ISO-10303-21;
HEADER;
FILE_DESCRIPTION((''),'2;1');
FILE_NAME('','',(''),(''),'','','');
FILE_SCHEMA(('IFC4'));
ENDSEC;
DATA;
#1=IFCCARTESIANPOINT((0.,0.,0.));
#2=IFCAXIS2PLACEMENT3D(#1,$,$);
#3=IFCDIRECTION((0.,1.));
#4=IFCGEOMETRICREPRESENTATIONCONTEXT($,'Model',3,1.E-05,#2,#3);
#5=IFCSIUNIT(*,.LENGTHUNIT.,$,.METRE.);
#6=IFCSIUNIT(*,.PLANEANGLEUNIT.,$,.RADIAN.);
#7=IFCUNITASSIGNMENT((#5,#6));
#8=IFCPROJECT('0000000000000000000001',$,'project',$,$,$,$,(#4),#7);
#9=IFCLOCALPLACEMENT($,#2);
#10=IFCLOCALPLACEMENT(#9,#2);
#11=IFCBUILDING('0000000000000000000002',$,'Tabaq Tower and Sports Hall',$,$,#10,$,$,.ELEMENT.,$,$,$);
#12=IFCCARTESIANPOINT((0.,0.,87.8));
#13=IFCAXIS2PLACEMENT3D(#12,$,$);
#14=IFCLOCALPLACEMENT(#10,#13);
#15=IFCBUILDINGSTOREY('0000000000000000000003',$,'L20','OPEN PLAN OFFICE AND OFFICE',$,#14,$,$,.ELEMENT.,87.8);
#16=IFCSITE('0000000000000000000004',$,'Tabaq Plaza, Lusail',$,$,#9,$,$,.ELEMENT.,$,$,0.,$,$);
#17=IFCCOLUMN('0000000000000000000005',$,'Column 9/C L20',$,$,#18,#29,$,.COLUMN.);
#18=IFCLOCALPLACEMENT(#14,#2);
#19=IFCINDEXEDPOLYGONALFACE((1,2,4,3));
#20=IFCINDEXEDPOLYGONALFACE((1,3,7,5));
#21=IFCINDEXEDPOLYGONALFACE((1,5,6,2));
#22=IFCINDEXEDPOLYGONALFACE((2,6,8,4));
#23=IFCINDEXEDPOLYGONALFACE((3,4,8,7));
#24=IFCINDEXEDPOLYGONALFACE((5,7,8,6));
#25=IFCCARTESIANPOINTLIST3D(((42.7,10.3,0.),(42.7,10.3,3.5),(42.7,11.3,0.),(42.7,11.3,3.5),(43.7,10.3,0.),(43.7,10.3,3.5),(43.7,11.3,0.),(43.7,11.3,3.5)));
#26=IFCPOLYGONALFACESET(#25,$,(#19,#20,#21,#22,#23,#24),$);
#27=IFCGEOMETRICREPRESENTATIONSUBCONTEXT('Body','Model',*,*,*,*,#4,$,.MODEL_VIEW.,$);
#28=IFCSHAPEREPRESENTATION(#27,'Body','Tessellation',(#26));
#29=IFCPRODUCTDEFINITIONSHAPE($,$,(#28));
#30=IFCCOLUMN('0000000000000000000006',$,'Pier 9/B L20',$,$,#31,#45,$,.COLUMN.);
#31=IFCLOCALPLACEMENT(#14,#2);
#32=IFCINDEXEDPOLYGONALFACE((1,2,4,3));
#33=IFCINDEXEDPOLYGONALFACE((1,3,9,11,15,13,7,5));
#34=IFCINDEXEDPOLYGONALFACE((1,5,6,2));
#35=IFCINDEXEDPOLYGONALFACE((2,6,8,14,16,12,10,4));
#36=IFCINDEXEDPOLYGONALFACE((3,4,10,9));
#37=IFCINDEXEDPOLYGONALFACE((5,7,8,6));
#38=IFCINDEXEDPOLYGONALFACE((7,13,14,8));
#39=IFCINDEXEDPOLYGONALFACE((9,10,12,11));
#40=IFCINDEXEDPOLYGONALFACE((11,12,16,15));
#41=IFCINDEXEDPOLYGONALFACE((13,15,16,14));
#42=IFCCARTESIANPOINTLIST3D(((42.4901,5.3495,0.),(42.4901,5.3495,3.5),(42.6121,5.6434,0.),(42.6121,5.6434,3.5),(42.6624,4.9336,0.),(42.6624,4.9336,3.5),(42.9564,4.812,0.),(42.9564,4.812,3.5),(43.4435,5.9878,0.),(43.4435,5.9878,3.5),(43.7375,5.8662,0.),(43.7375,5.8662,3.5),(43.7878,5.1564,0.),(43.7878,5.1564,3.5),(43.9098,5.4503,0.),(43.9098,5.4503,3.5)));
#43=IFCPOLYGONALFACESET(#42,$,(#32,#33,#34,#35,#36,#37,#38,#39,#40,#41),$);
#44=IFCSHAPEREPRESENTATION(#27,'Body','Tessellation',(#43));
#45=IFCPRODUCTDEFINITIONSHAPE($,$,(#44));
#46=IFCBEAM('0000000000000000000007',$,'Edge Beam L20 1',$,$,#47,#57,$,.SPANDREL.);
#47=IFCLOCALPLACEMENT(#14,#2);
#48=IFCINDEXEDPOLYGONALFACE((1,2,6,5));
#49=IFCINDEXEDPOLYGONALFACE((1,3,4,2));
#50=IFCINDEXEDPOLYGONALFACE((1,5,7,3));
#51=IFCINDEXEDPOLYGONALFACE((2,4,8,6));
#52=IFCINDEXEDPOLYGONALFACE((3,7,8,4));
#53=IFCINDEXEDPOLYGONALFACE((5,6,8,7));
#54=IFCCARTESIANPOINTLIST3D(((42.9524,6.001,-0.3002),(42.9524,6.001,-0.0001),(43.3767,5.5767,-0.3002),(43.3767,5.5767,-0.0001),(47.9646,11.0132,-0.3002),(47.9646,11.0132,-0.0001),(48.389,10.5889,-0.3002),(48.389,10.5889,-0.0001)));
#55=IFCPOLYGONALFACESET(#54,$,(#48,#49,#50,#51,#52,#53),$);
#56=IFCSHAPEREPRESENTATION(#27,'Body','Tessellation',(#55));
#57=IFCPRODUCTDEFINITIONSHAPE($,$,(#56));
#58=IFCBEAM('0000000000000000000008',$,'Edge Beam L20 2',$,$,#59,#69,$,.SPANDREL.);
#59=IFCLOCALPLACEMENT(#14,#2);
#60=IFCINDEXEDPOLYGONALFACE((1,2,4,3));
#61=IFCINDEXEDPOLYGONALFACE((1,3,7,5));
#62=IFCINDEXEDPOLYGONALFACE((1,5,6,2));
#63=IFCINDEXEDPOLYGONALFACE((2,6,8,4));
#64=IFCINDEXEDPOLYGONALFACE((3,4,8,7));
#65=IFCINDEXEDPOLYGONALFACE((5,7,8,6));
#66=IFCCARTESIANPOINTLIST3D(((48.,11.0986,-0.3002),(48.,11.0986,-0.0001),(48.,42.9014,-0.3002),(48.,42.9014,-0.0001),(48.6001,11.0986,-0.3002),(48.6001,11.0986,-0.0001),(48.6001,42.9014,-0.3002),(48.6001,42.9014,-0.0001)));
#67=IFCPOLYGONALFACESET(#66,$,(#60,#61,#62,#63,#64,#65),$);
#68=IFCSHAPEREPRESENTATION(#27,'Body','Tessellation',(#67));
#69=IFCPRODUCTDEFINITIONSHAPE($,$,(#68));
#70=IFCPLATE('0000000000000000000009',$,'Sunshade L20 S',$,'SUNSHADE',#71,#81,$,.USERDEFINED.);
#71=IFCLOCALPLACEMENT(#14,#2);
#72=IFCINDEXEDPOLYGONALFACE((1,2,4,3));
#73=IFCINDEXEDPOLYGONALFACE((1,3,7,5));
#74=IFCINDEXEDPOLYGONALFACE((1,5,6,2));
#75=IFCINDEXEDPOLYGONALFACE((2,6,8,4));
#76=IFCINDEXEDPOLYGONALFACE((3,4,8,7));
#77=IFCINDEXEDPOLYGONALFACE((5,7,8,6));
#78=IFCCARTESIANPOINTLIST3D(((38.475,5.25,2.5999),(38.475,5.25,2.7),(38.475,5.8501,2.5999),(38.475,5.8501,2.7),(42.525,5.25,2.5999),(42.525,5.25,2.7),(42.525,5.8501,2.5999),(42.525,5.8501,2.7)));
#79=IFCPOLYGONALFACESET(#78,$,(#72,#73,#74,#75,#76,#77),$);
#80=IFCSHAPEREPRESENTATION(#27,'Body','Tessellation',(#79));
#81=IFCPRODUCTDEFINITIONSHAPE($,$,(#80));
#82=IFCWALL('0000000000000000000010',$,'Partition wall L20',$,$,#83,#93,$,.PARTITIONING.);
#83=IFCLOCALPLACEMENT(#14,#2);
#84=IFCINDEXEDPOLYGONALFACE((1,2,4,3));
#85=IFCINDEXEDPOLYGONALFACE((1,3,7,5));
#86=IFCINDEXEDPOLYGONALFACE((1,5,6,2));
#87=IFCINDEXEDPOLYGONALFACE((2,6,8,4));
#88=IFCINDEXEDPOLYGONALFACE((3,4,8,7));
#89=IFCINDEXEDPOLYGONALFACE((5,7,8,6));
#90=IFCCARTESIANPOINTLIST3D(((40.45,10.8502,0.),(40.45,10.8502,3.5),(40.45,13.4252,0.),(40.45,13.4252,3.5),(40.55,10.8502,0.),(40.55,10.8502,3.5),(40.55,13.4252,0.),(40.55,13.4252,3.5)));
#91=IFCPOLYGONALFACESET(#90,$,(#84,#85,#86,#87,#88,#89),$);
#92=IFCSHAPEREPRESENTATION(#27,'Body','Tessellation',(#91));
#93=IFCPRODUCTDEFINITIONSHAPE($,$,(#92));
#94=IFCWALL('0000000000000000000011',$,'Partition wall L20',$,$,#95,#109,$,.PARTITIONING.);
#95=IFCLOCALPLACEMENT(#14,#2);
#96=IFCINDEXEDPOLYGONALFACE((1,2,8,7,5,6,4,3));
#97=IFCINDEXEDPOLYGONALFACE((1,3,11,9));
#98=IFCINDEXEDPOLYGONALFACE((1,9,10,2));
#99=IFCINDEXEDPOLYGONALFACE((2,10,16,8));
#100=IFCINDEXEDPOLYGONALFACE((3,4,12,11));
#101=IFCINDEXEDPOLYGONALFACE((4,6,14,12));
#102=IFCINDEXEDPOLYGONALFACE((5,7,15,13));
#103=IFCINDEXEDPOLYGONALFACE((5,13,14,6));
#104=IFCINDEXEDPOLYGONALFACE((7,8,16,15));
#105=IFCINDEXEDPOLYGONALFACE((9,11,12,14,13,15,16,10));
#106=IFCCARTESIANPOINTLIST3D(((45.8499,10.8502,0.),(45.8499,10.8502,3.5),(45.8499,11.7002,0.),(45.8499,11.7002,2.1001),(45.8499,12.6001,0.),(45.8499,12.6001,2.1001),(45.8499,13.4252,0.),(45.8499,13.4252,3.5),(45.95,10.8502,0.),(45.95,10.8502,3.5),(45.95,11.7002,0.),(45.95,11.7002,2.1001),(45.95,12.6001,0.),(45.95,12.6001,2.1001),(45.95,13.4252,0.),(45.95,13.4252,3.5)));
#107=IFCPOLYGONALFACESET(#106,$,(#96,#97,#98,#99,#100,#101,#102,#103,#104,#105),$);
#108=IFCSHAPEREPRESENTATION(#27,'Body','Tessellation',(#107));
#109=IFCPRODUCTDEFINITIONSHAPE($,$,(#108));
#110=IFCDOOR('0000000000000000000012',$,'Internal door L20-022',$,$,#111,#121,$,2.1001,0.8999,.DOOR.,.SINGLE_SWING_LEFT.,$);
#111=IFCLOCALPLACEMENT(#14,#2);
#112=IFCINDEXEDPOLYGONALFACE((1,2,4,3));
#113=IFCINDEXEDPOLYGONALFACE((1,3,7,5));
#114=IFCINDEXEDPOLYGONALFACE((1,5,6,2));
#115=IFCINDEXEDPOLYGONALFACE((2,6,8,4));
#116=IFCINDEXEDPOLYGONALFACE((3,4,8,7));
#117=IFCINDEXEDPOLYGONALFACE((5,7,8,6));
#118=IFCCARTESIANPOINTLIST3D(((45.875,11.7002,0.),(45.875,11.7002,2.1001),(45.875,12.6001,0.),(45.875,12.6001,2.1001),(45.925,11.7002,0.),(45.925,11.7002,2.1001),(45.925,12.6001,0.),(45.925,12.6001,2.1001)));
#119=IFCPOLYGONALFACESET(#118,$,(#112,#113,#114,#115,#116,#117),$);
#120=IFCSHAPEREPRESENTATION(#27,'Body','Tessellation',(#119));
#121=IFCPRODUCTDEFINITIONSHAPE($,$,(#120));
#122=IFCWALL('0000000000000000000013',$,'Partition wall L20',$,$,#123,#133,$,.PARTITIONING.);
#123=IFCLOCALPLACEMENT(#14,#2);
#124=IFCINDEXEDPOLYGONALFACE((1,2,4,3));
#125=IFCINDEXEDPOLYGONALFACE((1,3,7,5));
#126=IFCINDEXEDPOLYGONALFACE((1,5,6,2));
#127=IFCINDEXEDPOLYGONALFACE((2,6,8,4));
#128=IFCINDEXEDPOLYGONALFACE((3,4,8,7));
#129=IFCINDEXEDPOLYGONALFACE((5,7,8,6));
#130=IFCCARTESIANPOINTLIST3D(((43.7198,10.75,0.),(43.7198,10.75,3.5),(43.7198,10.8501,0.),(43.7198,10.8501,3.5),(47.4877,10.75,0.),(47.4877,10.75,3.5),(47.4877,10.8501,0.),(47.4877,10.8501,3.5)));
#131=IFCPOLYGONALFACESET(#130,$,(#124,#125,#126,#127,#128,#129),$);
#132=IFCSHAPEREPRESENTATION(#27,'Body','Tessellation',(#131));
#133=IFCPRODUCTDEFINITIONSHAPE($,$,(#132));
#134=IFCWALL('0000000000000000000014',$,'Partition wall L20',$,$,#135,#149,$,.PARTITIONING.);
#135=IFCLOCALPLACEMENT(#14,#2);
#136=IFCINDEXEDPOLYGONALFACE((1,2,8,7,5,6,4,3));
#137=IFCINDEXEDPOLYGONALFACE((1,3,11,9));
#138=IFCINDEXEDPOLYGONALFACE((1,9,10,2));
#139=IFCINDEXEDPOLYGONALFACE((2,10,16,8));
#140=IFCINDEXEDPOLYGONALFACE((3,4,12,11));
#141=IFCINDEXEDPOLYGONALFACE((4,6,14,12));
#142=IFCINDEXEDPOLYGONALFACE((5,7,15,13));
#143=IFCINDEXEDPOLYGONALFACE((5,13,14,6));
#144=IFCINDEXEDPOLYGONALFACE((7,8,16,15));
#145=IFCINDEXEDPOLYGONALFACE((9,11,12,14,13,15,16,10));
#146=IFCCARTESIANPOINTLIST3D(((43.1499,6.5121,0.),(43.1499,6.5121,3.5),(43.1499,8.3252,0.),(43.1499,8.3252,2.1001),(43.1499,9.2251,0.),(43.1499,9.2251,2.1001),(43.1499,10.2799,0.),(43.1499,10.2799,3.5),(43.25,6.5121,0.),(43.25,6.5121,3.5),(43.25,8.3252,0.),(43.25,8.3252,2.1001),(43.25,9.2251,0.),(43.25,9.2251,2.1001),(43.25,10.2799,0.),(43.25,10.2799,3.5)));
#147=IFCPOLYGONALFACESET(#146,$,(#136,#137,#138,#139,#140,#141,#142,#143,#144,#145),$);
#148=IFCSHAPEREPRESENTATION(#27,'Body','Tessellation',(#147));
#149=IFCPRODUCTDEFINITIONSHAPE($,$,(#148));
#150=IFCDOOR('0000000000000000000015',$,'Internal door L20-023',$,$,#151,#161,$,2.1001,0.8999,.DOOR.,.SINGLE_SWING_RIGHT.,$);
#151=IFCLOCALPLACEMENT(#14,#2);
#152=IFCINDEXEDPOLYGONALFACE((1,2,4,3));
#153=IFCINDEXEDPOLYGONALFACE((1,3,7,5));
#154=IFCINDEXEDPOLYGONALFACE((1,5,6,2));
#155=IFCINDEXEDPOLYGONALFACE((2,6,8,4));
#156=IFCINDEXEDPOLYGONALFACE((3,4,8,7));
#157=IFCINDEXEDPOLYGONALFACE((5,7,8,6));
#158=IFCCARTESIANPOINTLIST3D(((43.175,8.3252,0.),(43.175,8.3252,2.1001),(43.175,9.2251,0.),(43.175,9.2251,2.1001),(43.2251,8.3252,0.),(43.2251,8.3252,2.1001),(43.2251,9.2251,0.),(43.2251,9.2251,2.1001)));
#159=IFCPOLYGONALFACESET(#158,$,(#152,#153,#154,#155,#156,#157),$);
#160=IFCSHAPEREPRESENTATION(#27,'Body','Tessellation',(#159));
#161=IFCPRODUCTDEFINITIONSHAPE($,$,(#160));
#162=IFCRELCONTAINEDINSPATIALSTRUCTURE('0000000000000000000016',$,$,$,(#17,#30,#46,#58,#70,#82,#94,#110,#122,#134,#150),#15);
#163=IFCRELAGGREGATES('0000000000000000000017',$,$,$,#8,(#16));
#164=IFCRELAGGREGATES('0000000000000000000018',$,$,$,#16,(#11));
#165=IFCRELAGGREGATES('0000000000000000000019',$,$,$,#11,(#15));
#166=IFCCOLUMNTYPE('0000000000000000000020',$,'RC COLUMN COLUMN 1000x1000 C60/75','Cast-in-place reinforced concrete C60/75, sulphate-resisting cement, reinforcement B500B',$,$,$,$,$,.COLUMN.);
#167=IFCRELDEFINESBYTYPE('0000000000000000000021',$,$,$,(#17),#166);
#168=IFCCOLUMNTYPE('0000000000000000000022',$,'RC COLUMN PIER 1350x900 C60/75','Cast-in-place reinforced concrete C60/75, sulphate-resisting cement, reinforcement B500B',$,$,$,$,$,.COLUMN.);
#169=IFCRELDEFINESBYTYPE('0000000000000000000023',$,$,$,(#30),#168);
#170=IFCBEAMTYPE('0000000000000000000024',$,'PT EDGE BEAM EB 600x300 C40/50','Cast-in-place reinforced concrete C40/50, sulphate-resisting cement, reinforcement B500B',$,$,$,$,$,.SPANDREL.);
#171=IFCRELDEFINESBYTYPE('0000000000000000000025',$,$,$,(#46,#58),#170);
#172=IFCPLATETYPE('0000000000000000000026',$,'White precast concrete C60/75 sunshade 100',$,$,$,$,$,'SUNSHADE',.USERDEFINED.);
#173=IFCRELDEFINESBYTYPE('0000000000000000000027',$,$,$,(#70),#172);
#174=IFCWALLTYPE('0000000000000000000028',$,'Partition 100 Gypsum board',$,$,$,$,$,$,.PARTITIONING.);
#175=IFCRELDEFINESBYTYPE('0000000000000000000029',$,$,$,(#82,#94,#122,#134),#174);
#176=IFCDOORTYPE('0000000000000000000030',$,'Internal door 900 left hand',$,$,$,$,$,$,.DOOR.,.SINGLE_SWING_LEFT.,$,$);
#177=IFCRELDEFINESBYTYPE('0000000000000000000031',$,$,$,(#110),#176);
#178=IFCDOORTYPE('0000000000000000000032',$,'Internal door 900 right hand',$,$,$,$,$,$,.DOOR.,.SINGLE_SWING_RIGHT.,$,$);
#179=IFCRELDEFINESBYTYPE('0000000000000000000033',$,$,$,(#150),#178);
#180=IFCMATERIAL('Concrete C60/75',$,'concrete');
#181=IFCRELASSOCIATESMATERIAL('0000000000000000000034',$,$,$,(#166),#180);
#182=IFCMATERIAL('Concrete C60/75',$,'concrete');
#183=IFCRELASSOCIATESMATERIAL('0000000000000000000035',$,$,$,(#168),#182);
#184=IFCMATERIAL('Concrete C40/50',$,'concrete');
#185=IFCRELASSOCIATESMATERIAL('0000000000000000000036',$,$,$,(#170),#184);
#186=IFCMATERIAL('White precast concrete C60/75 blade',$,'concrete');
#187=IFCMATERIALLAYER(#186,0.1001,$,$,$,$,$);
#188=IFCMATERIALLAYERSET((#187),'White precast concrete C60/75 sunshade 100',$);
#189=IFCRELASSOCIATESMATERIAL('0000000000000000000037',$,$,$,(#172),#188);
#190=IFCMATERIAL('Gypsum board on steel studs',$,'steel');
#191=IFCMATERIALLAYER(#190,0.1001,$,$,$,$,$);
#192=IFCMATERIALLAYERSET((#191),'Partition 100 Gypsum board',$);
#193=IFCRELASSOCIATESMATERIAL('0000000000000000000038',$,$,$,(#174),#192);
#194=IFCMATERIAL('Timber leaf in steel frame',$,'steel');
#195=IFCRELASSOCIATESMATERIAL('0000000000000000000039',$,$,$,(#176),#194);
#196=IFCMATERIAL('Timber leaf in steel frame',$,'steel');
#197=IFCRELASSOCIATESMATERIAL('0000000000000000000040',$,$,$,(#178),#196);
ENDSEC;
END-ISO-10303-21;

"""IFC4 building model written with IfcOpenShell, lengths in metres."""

from ifc_helpers import new_model, si_unit, direction, frame, frame_2d, origin, origin_2d, place, context, subcontext, project, spatial, polyline, rectangle, outline, extrude, material, layer, layer_set, material_profile, profile_set, type_object, element, fill, save


model = new_model("IFC4")

# Units and contexts
model_context = context("Model", 3, precision=1e-05, world=origin(), true_north=direction((0.0, 1.0)))
body_context = subcontext(model_context, "Body", "Model", "MODEL_VIEW")
ifc_project = project(units=[si_unit("LENGTHUNIT", "METRE"), si_unit("PLANEANGLEUNIT", "RADIAN")], contexts=[model_context])

# Site, building, storey
site_placement = place(None, origin())
site = spatial("IfcSite", under=ifc_project, at=site_placement, Name="Tabaq Plaza, Lusail", CompositionType="ELEMENT", RefElevation=0.0)
building_placement = place(site_placement, origin())
building = spatial("IfcBuilding", under=site, at=building_placement, Name="Tabaq Tower and Sports Hall", CompositionType="ELEMENT")
storey_placement = place(building_placement, frame((0.0, 0.0, 87.8)))
storey = spatial("IfcBuildingStorey", under=building, at=storey_placement, Name="L20", Description="OPEN PLAN OFFICE AND OFFICE", CompositionType="ELEMENT", Elevation=87.8)

# Columns
ifc_material_1 = material(Name="Concrete C60/75", Category="concrete")
ifc_material_profile_1 = material_profile(ifc_material_1, rectangle(XDim=1.0, YDim=1.0, at=origin_2d()), Name="COLUMN 1000x1000")
ifc_profile_set_1 = profile_set([ifc_material_profile_1], Name="Concrete C60/75")
column_type_1 = type_object("IfcColumnType", Name="RC COLUMN COLUMN 1000x1000 C60/75", Description="Cast-in-place reinforced concrete C60/75, sulphate-resisting cement, reinforcement B500B", PredefinedType="COLUMN", material=ifc_profile_set_1)
column_1_placement = place(storey_placement, frame((43.2, 10.8, 0.0), z_axis=(0.0, 0.0, 1.0), x_axis=(1.0, 0.0, 0.0)))
element("IfcColumn", 1, at=column_1_placement, inside=storey, type_object=column_type_1, Name="Column 9/C L20", PredefinedType="COLUMN", context=body_context, shape_type="SweptSolid", body=[
    extrude(rectangle(XDim=1.0, YDim=1.0, at=origin_2d()), origin(), (0.0, 0.0, 1.0), 3.5),
])
ifc_material_2 = material(Name="Concrete C60/75", Category="concrete")
ifc_material_profile_2 = material_profile(ifc_material_2, outline(polyline([(-0.45, -0.45), (0.45, -0.45), (0.675, -0.2251), (0.675, 0.2251), (0.45, 0.45), (-0.45, 0.45), (-0.675, 0.2251), (-0.675, -0.2251), (-0.45, -0.45)])), Name="PIER 1350x900")
ifc_profile_set_2 = profile_set([ifc_material_profile_2], Name="Concrete C60/75")
column_type_2 = type_object("IfcColumnType", Name="RC COLUMN PIER 1350x900 C60/75", Description="Cast-in-place reinforced concrete C60/75, sulphate-resisting cement, reinforcement B500B", PredefinedType="COLUMN", material=ifc_profile_set_2)
column_2_placement = place(storey_placement, frame((43.2, 5.3999, 0.0), z_axis=(0.0, 0.0, 1.0), x_axis=(0.92388, 0.382683, 0.0)))
element("IfcColumn", 2, at=column_2_placement, inside=storey, type_object=column_type_2, Name="Pier 9/B L20", PredefinedType="COLUMN", context=body_context, shape_type="SweptSolid", body=[
    extrude(outline(polyline([(-0.45, -0.45), (0.45, -0.45), (0.675, -0.2251), (0.675, 0.2251), (0.45, 0.45), (-0.45, 0.45), (-0.675, 0.2251), (-0.675, -0.2251), (-0.45, -0.45)])), origin(), (0.0, 0.0, 1.0), 3.5),
])

# Beams
ifc_material_3 = material(Name="Concrete C40/50", Category="concrete")
ifc_material_profile_3 = material_profile(ifc_material_3, rectangle(XDim=0.6001, YDim=0.3, at=origin_2d()), Name="EB 600x300")
ifc_profile_set_3 = profile_set([ifc_material_profile_3], Name="Concrete C40/50")
beam_type = type_object("IfcBeamType", Name="PT EDGE BEAM EB 600x300 C40/50", Description="Cast-in-place reinforced concrete C40/50, sulphate-resisting cement, reinforcement B500B", PredefinedType="SPANDREL", material=ifc_profile_set_3)
beam_1_placement = place(storey_placement, frame((43.1646, 5.7888, -0.1501), z_axis=(0.707107, 0.707107, 0.0), x_axis=(-0.707107, 0.707107, 0.0)))
element("IfcBeam", 3, at=beam_1_placement, inside=storey, type_object=beam_type, Name="Edge Beam L20 1", PredefinedType="SPANDREL", context=body_context, shape_type="SweptSolid", body=[
    extrude(rectangle(XDim=0.6001, YDim=0.3, at=origin_2d()), origin(), (0.0, 0.0, 1.0), 7.0884),
])
beam_2_placement = place(storey_placement, frame((48.3, 11.0986, -0.1501), z_axis=(0.0, 1.0, 0.0), x_axis=(-1.0, 0.0, 0.0)))
element("IfcBeam", 4, at=beam_2_placement, inside=storey, type_object=beam_type, Name="Edge Beam L20 2", PredefinedType="SPANDREL", context=body_context, shape_type="SweptSolid", body=[
    extrude(rectangle(XDim=0.6001, YDim=0.3, at=origin_2d()), origin(), (0.0, 0.0, 1.0), 31.8027),
])

# Plate
ifc_material_4 = material(Name="White precast concrete C60/75 blade", Category="concrete")
ifc_layer_1 = layer(ifc_material_4, 0.1001)
ifc_layer_set_1 = layer_set([ifc_layer_1], Name="White precast concrete C60/75 sunshade 100")
plate_type = type_object("IfcPlateType", Name="White precast concrete C60/75 sunshade 100", ElementType="SUNSHADE", PredefinedType="USERDEFINED", material=ifc_layer_set_1)
plate_placement = place(storey_placement, frame((40.5, 5.55, 2.5999), z_axis=(0.0, 0.0, 1.0), x_axis=(1.0, 0.0, 0.0)))
element("IfcPlate", 5, at=plate_placement, inside=storey, type_object=plate_type, Name="Sunshade L20 S", ObjectType="SUNSHADE", PredefinedType="USERDEFINED", context=body_context, shape_type="SweptSolid", body=[
    extrude(rectangle(XDim=4.05, YDim=0.6001, at=origin_2d()), origin(), (0.0, 0.0, 1.0), 0.1001),
])

# Wall
ifc_material_5 = material(Name="Gypsum board on steel studs", Category="steel")
ifc_layer_2 = layer(ifc_material_5, 0.1001)
ifc_layer_set_2 = layer_set([ifc_layer_2], Name="Partition 100 Gypsum board")
wall_type_1 = type_object("IfcWallType", Name="Partition 100 Gypsum board", PredefinedType="PARTITIONING", material=ifc_layer_set_2)
wall_1_placement = place(storey_placement, frame((40.5, 10.8501, 0.0), z_axis=(0.0, 0.0, 1.0), x_axis=(0.0, 1.0, 0.0)))
element("IfcWall", 6, at=wall_1_placement, inside=storey, type_object=wall_type_1, Name="Partition wall L20", PredefinedType="PARTITIONING", context=body_context, shape_type="SweptSolid", body=[
    extrude(rectangle(XDim=2.575, YDim=0.1001, at=frame_2d((1.2876, 0.0))), origin(), (0.0, 0.0, 1.0), 3.5),
])

# Wall, opening, door
wall_2_placement = place(storey_placement, frame((45.8999, 10.8501, 0.0), z_axis=(0.0, 0.0, 1.0), x_axis=(0.0, 1.0, 0.0)))
wall_2 = element("IfcWall", 7, at=wall_2_placement, inside=storey, type_object=wall_type_1, Name="Partition wall L20", PredefinedType="PARTITIONING", context=body_context, shape_type="SweptSolid", body=[
    extrude(rectangle(XDim=2.575, YDim=0.1001, at=frame_2d((1.2876, 0.0))), origin(), (0.0, 0.0, 1.0), 3.5),
])
opening_1_placement = place(wall_2_placement, frame((0.8501, 0.0, 0.0)))
opening_1 = element("IfcOpeningElement", 8, at=opening_1_placement, cuts=wall_2, PredefinedType="OPENING", context=body_context, shape_type="SweptSolid", body=[
    extrude(rectangle(XDim=0.8999, YDim=2.1001, at=frame_2d((0.45, 1.05))), frame((0.0, 0.05, 0.0), z_axis=(0.0, -1.0, 0.0), x_axis=(1.0, 0.0, 0.0)), (0.0, 0.0, 1.0), 0.1001),
])
ifc_material_6 = material(Name="Timber leaf in steel frame", Category="steel")
door_type_1 = type_object("IfcDoorType", Name="Internal door 900 left hand", OperationType="SINGLE_SWING_LEFT", PredefinedType="DOOR", material=ifc_material_6)
door_1_placement = place(opening_1_placement, origin())
door_1 = element("IfcDoor", 9, at=door_1_placement, inside=storey, type_object=door_type_1, Name="Internal door L20-022", OperationType="SINGLE_SWING_LEFT", OverallHeight=2.1001, OverallWidth=0.8999, PredefinedType="DOOR", context=body_context, shape_type="SweptSolid", body=[
    extrude(rectangle(XDim=0.8999, YDim=2.1001, at=frame_2d((0.45, 1.05))), frame((0.0, 0.0249, 0.0), z_axis=(0.0, -1.0, 0.0), x_axis=(1.0, 0.0, 0.0)), (0.0, 0.0, 1.0), 0.05),
])
fill(opening_1, door_1)

# Wall
wall_3_placement = place(storey_placement, frame((43.72, 10.8, 0.0), z_axis=(0.0, 0.0, 1.0), x_axis=(1.0, 0.0, 0.0)))
element("IfcWall", 10, at=wall_3_placement, inside=storey, type_object=wall_type_1, Name="Partition wall L20", PredefinedType="PARTITIONING", context=body_context, shape_type="SweptSolid", body=[
    extrude(rectangle(XDim=3.7678, YDim=0.1001, at=frame_2d((1.8838, 0.0))), origin(), (0.0, 0.0, 1.0), 3.5),
])

# Wall, opening, door
wall_4_placement = place(storey_placement, frame((43.2, 6.5122, 0.0), z_axis=(0.0, 0.0, 1.0), x_axis=(0.0, 1.0, 0.0)))
wall_4 = element("IfcWall", 11, at=wall_4_placement, inside=storey, type_object=wall_type_1, Name="Partition wall L20", PredefinedType="PARTITIONING", context=body_context, shape_type="SweptSolid", body=[
    extrude(rectangle(XDim=3.7678, YDim=0.1001, at=frame_2d((1.8838, 0.0))), origin(), (0.0, 0.0, 1.0), 3.5),
])
opening_2_placement = place(wall_4_placement, frame((1.813, 0.0, 0.0)))
opening_2 = element("IfcOpeningElement", 12, at=opening_2_placement, cuts=wall_4, PredefinedType="OPENING", context=body_context, shape_type="SweptSolid", body=[
    extrude(rectangle(XDim=0.8999, YDim=2.1001, at=frame_2d((0.45, 1.05))), frame((0.0, 0.05, 0.0), z_axis=(0.0, -1.0, 0.0), x_axis=(1.0, 0.0, 0.0)), (0.0, 0.0, 1.0), 0.1001),
])
ifc_material_7 = material(Name="Timber leaf in steel frame", Category="steel")
door_type_2 = type_object("IfcDoorType", Name="Internal door 900 right hand", OperationType="SINGLE_SWING_RIGHT", PredefinedType="DOOR", material=ifc_material_7)
door_2_placement = place(opening_2_placement, origin())
door_2 = element("IfcDoor", 13, at=door_2_placement, inside=storey, type_object=door_type_2, Name="Internal door L20-023", OperationType="SINGLE_SWING_RIGHT", OverallHeight=2.1001, OverallWidth=0.8999, PredefinedType="DOOR", context=body_context, shape_type="SweptSolid", body=[
    extrude(rectangle(XDim=0.8999, YDim=2.1001, at=frame_2d((0.45, 1.05))), frame((0.0, 0.0249, 0.0), z_axis=(0.0, -1.0, 0.0), x_axis=(1.0, 0.0, 0.0)), (0.0, 0.0, 1.0), 0.05),
])
fill(opening_2, door_2)

save(model, "model.ifc")
